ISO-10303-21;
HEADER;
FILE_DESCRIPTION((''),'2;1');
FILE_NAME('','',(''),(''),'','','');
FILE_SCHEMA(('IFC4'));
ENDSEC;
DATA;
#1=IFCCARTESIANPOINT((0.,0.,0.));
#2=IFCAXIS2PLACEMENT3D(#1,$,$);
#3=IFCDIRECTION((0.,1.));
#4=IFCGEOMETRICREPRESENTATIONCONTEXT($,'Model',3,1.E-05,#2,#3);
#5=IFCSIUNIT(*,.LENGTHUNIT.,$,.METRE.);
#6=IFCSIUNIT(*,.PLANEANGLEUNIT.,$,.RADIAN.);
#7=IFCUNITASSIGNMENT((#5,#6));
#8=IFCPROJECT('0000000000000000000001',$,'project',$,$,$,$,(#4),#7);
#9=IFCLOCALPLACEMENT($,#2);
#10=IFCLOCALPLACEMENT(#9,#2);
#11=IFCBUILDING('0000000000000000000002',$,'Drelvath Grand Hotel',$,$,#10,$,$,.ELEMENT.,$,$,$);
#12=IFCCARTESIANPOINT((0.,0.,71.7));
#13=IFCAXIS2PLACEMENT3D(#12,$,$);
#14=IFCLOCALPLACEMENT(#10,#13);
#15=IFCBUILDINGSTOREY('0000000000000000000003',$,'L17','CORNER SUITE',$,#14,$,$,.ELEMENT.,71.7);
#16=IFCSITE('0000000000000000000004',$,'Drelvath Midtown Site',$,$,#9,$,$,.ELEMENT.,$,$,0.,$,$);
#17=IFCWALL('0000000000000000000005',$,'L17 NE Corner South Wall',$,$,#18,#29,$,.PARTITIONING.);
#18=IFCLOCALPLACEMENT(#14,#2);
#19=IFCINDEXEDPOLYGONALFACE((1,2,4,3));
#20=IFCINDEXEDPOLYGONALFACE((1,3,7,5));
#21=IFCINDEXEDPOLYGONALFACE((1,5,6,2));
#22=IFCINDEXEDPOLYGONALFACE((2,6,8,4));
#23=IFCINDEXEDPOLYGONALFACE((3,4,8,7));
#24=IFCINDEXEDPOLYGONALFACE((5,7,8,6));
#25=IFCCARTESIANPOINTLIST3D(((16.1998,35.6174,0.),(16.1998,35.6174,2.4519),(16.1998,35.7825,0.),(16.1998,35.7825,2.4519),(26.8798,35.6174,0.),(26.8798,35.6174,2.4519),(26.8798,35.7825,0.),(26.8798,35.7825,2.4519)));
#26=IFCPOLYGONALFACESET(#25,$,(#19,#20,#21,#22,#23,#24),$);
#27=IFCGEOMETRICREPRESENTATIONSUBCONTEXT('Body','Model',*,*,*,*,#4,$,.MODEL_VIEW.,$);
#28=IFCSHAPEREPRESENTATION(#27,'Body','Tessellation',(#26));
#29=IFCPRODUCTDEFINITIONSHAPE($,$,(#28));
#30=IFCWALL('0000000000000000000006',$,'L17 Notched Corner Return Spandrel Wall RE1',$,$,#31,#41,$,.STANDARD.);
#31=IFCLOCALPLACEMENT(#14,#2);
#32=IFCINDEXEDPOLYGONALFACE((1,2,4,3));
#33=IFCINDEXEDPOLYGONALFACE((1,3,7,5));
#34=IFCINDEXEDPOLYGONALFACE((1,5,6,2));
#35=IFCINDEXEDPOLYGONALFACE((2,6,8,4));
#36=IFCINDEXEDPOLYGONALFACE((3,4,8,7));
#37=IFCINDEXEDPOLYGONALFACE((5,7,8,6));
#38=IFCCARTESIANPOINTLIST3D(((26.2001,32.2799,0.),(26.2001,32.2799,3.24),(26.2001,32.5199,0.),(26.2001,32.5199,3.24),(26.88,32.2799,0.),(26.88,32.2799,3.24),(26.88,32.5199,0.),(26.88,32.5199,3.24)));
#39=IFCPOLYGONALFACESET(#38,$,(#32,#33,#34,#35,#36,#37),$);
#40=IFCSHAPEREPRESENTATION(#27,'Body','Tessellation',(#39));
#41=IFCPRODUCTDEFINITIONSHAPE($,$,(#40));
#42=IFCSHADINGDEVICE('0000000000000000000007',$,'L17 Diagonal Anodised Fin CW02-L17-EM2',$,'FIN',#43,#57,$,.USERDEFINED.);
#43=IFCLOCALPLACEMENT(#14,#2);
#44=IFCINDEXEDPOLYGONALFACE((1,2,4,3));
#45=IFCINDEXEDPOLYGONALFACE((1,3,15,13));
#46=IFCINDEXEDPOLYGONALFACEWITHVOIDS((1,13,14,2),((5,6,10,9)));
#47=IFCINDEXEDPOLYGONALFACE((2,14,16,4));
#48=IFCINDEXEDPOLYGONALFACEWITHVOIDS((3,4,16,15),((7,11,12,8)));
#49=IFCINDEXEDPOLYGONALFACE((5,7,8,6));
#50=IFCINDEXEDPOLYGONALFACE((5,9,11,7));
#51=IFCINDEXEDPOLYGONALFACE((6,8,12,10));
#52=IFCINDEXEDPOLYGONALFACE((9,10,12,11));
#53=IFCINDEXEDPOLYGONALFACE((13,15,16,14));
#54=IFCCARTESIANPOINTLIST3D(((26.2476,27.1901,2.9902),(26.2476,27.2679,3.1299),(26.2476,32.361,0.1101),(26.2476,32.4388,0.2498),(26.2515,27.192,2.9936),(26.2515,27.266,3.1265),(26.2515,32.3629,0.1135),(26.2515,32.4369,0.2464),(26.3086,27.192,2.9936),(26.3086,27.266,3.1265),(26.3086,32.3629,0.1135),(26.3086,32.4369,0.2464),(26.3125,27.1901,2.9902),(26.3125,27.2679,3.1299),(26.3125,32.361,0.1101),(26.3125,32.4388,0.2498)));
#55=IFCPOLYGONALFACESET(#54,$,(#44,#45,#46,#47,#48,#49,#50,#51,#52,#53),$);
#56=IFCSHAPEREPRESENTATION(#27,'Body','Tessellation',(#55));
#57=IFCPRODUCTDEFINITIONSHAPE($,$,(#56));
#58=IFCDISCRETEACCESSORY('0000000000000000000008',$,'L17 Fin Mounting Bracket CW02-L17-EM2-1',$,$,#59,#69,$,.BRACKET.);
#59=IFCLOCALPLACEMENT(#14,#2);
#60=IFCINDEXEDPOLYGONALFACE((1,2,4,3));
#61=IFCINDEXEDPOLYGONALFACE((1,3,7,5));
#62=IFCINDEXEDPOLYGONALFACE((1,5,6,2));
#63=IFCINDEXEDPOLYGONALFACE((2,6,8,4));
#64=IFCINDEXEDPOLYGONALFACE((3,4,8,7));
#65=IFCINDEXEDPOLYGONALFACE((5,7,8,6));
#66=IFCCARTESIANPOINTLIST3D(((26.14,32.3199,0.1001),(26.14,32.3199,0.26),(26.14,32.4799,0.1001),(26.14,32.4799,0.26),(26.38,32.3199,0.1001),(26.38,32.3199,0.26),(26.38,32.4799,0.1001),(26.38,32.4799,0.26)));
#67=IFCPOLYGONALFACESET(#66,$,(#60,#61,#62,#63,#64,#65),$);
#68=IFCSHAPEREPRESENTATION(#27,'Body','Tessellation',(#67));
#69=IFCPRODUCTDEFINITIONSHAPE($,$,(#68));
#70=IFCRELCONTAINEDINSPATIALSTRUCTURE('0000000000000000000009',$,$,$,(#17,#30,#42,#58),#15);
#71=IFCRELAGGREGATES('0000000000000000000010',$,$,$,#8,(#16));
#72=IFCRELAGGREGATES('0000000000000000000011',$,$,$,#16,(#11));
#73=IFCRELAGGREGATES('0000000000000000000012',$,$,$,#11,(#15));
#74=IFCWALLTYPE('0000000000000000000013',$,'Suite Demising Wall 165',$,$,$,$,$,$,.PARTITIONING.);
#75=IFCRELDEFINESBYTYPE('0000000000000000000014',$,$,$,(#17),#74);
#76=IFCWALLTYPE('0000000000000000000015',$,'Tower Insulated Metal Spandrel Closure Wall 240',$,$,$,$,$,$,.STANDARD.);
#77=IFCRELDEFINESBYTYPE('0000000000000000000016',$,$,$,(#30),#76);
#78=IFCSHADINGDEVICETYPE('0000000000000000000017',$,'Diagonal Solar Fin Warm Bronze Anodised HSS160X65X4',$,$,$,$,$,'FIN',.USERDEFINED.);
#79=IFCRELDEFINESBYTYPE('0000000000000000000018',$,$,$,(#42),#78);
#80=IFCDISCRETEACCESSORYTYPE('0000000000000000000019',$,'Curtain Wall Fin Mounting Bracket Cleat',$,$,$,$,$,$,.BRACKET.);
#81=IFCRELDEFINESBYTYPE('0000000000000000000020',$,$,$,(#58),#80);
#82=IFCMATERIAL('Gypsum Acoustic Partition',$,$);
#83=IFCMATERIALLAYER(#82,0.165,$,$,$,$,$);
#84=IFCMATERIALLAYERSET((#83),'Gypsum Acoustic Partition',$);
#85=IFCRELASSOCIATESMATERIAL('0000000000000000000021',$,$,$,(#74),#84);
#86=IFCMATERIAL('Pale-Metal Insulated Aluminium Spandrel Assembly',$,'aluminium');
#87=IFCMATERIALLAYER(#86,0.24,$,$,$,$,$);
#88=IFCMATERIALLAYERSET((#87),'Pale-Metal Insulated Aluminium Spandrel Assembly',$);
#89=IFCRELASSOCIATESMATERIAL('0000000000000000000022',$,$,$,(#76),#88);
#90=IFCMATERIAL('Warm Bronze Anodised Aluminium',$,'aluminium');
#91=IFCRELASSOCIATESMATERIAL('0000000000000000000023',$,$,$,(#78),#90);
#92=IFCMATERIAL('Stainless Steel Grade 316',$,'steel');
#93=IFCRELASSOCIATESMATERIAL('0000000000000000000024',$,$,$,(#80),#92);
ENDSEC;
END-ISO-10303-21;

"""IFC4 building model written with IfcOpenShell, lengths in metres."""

from ifc_helpers import new_model, si_unit, direction, frame, frame_2d, origin, origin_2d, place, context, subcontext, project, spatial, rectangle, hollow_rectangle, extrude, material, layer, layer_set, material_profile, profile_set, type_object, element, save


model = new_model("IFC4")

# Units and contexts
model_context = context("Model", 3, precision=1e-05, world=origin(), true_north=direction((0.0, 1.0)))
body_context = subcontext(model_context, "Body", "Model", "MODEL_VIEW")
ifc_project = project(units=[si_unit("LENGTHUNIT", "METRE"), si_unit("PLANEANGLEUNIT", "RADIAN")], contexts=[model_context])

# Site, building, storey
site_placement = place(None, origin())
site = spatial("IfcSite", under=ifc_project, at=site_placement, Name="Drelvath Midtown Site", CompositionType="ELEMENT", RefElevation=0.0)
building_placement = place(site_placement, origin())
building = spatial("IfcBuilding", under=site, at=building_placement, Name="Drelvath Grand Hotel", CompositionType="ELEMENT")
storey_placement = place(building_placement, frame((0.0, 0.0, 71.7)))
storey = spatial("IfcBuildingStorey", under=building, at=storey_placement, Name="L17", Description="CORNER SUITE", CompositionType="ELEMENT", Elevation=71.7)

# Walls
ifc_material_1 = material(Name="Gypsum Acoustic Partition")
ifc_layer_1 = layer(ifc_material_1, 0.165)
ifc_layer_set_1 = layer_set([ifc_layer_1], Name="Gypsum Acoustic Partition")
wall_type_1 = type_object("IfcWallType", Name="Suite Demising Wall 165", PredefinedType="PARTITIONING", material=ifc_layer_set_1)
wall_1_placement = place(storey_placement, frame((16.2, 35.7, 0.0), z_axis=(0.0, 0.0, 1.0), x_axis=(1.0, 0.0, 0.0)))
element("IfcWall", 1, at=wall_1_placement, inside=storey, type_object=wall_type_1, Name="L17 NE Corner South Wall", PredefinedType="PARTITIONING", context=body_context, shape_type="SweptSolid", body=[
    extrude(rectangle(XDim=10.6799, YDim=0.165, at=frame_2d((5.3398, 0.0))), origin(), (0.0, 0.0, 1.0), 2.4519),
])
ifc_material_2 = material(Name="Pale-Metal Insulated Aluminium Spandrel Assembly", Category="aluminium")
ifc_layer_2 = layer(ifc_material_2, 0.24)
ifc_layer_set_2 = layer_set([ifc_layer_2], Name="Pale-Metal Insulated Aluminium Spandrel Assembly")
wall_type_2 = type_object("IfcWallType", Name="Tower Insulated Metal Spandrel Closure Wall 240", PredefinedType="STANDARD", material=ifc_layer_set_2)
wall_2_placement = place(storey_placement, frame((26.8799, 32.3999, 0.0), z_axis=(0.0, 0.0, 1.0), x_axis=(-1.0, 0.0, 0.0)))
element("IfcWall", 2, at=wall_2_placement, inside=storey, type_object=wall_type_2, Name="L17 Notched Corner Return Spandrel Wall RE1", PredefinedType="STANDARD", context=body_context, shape_type="SweptSolid", body=[
    extrude(rectangle(XDim=0.6799, YDim=0.24, at=frame_2d((0.3398, 0.0))), origin(), (0.0, 0.0, 1.0), 3.24),
])

# Shading device
ifc_material_3 = material(Name="Warm Bronze Anodised Aluminium", Category="aluminium")
ifc_material_profile_1 = material_profile(ifc_material_3, hollow_rectangle(XDim=0.0649, YDim=0.1599, WallThickness=0.0039, at=origin_2d()), Name="HSS160X65X4")
ifc_profile_set_1 = profile_set([ifc_material_profile_1], Name="Warm Bronze Anodised Aluminium")
shading_device_type = type_object("IfcShadingDeviceType", Name="Diagonal Solar Fin Warm Bronze Anodised HSS160X65X4", ElementType="FIN", PredefinedType="USERDEFINED", material=ifc_profile_set_1)
shading_device_placement = place(storey_placement, frame((26.28, 32.3999, 0.1799), z_axis=(0.0, -0.873626, 0.486599), x_axis=(1.0, 0.0, 0.0)))
element("IfcShadingDevice", 3, at=shading_device_placement, inside=storey, type_object=shading_device_type, Name="L17 Diagonal Anodised Fin CW02-L17-EM2", ObjectType="FIN", PredefinedType="USERDEFINED", context=body_context, shape_type="SweptSolid", body=[
    extrude(hollow_rectangle(XDim=0.0649, YDim=0.1599, WallThickness=0.0039, at=origin_2d()), origin(), (0.0, 0.0, 1.0), 5.9189),
])

# Discrete accessory
ifc_material_4 = material(Name="Stainless Steel Grade 316", Category="steel")
discrete_accessory_type = type_object("IfcDiscreteAccessoryType", Name="Curtain Wall Fin Mounting Bracket Cleat", PredefinedType="BRACKET", material=ifc_material_4)
discrete_accessory_placement = place(storey_placement, frame((26.26, 32.3999, 0.1001), z_axis=(0.0, 0.0, 1.0), x_axis=(0.0, -1.0, 0.0)))
element("IfcDiscreteAccessory", 4, at=discrete_accessory_placement, inside=storey, type_object=discrete_accessory_type, Name="L17 Fin Mounting Bracket CW02-L17-EM2-1", PredefinedType="BRACKET", context=body_context, shape_type="SweptSolid", body=[
    extrude(rectangle(XDim=0.1599, YDim=0.24, at=origin_2d()), origin(), (0.0, 0.0, 1.0), 0.1599),
])

save(model, "model.ifc")
